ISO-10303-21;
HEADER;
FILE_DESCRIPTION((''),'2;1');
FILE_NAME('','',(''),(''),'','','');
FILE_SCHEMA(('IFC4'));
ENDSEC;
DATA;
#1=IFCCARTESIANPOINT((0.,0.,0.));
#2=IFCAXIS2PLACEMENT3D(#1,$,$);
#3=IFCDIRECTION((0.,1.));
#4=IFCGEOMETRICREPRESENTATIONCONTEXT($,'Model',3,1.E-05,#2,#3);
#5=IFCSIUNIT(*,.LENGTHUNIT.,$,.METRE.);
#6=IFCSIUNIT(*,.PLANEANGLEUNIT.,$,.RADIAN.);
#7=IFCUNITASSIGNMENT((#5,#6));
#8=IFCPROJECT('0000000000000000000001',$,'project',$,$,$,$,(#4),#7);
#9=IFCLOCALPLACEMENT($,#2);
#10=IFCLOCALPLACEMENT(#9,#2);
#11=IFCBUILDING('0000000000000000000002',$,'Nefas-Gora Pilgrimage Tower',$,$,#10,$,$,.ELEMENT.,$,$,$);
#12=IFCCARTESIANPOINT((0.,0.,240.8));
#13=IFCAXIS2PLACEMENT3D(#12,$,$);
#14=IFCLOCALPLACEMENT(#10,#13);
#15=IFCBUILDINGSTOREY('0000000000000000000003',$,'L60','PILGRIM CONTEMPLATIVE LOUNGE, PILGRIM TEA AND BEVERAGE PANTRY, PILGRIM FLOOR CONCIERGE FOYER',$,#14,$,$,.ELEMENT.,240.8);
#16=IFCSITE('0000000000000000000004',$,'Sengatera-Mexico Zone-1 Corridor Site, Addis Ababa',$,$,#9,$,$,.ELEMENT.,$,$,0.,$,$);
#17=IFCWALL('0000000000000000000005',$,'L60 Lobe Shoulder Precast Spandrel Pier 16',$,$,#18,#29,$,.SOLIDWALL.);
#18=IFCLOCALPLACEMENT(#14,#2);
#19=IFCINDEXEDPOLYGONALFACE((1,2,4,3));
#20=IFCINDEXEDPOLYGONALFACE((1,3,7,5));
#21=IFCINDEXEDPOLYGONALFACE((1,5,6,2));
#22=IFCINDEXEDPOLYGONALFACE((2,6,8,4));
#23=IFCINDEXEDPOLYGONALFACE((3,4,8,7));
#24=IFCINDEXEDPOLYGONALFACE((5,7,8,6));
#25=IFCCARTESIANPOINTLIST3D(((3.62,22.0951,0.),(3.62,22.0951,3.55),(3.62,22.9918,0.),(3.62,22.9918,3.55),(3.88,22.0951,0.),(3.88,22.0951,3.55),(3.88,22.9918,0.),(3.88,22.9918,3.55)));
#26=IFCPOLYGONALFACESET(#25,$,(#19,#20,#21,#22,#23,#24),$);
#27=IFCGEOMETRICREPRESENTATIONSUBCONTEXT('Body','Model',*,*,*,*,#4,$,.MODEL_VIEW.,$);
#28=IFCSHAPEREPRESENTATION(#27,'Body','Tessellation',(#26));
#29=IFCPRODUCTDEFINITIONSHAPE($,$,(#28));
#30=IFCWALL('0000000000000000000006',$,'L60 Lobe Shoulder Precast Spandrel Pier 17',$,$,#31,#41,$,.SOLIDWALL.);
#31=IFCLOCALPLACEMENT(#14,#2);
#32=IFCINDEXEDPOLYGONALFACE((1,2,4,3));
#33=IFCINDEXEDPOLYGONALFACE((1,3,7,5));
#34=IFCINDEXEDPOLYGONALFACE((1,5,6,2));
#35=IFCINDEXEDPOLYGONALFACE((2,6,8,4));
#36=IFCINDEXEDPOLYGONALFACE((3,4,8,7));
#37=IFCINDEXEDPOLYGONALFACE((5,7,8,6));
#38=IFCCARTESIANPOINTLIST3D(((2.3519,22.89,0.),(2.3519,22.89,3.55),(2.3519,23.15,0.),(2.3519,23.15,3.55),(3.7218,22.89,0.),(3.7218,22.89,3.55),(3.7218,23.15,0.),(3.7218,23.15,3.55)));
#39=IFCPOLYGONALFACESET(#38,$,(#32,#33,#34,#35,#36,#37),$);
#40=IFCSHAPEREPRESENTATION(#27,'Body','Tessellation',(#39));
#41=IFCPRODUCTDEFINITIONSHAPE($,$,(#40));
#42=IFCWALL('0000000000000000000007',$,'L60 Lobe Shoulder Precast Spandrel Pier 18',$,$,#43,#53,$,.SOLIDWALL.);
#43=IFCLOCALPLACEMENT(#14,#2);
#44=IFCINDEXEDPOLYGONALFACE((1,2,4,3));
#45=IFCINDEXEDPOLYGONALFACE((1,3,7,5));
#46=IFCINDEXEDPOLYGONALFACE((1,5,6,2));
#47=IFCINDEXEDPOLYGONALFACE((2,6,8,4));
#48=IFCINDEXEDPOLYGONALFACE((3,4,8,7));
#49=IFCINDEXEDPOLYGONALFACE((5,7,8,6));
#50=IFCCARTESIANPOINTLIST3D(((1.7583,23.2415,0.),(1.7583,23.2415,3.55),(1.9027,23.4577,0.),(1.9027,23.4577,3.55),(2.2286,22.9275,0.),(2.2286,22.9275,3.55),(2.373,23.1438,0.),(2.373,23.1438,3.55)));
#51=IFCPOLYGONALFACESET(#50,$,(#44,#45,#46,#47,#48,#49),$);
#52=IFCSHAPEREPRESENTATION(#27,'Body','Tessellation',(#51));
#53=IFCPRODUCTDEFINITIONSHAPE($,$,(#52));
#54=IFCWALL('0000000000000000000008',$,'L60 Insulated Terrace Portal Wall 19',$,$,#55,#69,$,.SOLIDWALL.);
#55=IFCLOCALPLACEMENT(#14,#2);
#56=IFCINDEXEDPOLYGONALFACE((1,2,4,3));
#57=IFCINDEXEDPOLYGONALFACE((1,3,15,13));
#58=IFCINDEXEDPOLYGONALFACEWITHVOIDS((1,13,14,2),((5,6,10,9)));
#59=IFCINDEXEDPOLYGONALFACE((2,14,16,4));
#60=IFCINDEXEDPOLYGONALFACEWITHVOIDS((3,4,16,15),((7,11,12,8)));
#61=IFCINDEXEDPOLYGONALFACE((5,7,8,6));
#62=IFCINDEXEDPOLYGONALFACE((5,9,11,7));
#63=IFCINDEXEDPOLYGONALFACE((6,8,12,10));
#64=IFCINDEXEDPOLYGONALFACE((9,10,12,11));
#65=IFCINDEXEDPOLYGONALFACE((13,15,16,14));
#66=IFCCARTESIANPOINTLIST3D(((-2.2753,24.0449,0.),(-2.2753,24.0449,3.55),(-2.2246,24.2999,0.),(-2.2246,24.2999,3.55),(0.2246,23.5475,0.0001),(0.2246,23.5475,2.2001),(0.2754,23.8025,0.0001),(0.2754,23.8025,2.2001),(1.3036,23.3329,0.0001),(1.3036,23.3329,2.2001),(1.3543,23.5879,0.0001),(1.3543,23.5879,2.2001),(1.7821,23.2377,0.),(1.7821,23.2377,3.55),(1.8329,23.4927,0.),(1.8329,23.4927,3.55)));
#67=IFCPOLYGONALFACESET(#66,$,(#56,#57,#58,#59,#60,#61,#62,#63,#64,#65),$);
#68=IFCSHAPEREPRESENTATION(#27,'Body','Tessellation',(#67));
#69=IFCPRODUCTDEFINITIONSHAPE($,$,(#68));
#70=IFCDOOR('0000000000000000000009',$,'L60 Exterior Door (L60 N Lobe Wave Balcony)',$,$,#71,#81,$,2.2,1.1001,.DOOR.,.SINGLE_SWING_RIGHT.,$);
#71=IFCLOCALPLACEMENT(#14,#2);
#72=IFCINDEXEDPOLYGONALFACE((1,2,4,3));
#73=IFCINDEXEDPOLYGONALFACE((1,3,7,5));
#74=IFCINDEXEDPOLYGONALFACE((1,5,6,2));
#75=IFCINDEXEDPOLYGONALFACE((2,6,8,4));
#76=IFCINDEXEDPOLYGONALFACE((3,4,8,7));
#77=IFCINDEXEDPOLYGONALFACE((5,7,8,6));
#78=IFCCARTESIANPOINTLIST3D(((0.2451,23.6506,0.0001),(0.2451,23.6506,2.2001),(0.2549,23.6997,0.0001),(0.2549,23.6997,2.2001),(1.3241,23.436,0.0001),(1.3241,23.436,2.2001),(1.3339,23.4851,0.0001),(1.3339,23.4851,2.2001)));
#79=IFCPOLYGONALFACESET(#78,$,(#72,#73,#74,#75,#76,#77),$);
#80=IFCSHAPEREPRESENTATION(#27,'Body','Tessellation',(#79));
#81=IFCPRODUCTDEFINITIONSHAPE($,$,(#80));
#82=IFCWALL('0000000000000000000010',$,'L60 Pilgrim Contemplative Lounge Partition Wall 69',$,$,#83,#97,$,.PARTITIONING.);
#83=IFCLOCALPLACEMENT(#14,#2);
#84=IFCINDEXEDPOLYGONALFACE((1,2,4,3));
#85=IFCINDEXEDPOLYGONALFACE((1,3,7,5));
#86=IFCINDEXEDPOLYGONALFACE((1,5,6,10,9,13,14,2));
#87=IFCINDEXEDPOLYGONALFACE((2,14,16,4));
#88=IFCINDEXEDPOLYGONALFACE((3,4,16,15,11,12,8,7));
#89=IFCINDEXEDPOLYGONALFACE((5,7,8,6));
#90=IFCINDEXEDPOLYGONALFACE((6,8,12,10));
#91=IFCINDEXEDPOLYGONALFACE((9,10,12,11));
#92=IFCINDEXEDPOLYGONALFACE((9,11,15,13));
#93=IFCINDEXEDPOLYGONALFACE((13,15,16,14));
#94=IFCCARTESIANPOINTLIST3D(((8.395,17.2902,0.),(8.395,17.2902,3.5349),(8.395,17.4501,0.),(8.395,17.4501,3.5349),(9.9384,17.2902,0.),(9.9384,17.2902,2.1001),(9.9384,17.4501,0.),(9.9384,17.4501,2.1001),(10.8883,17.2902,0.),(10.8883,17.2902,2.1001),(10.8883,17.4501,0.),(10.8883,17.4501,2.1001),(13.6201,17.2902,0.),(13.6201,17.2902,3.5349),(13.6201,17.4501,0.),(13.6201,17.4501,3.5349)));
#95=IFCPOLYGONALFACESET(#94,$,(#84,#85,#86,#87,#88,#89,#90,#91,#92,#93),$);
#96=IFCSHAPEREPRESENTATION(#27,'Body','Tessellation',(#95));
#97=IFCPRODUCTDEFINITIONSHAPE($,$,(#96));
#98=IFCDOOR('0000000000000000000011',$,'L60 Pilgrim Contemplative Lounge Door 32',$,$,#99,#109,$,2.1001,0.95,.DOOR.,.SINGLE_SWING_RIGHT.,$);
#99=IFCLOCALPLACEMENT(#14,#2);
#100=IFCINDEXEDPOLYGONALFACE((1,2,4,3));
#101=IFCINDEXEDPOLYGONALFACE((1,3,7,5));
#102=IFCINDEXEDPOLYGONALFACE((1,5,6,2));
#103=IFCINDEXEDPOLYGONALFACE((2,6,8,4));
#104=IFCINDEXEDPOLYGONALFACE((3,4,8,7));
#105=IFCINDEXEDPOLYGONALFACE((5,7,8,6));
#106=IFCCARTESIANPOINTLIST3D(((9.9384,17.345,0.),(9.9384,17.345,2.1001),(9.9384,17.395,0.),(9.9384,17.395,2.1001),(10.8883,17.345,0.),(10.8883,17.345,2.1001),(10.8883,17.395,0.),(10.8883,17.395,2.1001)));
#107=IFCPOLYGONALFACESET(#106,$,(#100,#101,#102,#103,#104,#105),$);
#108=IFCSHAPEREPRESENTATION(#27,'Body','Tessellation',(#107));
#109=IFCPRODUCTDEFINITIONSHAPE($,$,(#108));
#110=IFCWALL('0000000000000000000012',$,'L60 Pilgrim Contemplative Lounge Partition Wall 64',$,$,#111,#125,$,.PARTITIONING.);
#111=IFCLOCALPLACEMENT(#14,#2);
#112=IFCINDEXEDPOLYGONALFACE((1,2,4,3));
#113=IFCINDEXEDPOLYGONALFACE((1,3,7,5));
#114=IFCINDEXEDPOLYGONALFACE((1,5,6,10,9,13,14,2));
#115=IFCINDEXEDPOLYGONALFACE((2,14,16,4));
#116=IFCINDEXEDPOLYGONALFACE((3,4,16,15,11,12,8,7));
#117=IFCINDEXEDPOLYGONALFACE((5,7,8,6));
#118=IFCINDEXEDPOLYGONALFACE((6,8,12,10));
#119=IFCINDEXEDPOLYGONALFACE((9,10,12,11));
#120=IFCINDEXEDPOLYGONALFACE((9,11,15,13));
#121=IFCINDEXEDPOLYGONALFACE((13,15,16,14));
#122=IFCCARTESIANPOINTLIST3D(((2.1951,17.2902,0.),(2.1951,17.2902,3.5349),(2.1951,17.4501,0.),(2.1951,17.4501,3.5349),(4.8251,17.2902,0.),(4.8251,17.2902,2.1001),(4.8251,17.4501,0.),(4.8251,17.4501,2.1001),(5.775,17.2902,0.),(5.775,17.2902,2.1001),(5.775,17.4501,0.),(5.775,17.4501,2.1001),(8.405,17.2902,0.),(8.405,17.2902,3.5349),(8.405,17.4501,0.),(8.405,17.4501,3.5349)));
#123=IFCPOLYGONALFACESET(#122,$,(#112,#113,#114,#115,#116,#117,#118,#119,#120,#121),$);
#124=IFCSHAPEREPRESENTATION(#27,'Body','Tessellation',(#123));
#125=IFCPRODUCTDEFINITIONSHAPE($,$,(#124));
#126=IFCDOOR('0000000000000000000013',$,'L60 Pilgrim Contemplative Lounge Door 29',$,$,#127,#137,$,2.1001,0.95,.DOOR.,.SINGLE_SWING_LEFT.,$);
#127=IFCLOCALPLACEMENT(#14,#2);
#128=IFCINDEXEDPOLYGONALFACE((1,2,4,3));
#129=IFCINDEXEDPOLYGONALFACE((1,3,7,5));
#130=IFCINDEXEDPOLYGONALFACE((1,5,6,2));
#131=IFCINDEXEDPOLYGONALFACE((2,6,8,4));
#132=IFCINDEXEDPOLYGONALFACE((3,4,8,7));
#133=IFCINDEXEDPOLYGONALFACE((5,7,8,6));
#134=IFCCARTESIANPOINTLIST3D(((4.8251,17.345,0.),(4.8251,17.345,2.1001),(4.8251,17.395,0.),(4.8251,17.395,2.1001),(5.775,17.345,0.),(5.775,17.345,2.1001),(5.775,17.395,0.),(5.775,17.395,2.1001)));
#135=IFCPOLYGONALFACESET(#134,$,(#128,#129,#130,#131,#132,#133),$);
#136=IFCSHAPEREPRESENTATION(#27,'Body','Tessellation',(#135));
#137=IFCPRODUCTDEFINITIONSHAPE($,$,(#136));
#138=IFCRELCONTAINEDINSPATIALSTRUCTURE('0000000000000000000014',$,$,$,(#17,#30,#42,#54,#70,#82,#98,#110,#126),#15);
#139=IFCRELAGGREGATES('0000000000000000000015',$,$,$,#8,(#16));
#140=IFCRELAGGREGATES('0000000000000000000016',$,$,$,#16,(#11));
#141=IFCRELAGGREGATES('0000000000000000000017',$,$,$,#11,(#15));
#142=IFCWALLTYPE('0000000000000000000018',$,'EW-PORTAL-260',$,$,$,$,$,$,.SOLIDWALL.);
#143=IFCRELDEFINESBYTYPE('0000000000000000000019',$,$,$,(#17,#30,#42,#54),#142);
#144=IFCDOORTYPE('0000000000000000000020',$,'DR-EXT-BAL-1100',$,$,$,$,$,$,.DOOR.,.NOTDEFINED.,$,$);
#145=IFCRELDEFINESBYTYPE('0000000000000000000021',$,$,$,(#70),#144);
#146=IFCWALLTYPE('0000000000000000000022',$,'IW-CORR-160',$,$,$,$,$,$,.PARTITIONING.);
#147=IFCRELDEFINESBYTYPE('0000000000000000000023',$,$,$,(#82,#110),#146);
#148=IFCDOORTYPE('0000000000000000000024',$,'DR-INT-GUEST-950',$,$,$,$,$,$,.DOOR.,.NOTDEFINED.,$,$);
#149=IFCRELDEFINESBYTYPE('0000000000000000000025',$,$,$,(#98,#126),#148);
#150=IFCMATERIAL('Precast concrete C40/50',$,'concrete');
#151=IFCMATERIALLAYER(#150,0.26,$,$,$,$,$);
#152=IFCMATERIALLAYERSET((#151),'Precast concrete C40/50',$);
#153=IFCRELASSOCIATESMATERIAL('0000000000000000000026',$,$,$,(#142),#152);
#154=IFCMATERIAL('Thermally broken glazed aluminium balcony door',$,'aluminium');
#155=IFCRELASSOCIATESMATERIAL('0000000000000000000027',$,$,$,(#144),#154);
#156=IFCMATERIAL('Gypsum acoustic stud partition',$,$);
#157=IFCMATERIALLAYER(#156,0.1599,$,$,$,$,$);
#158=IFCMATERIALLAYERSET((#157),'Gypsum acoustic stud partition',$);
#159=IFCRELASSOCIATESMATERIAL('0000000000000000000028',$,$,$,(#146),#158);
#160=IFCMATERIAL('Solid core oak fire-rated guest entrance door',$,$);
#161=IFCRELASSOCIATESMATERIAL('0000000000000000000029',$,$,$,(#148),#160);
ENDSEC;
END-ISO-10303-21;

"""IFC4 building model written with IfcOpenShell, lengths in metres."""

from ifc_helpers import new_model, si_unit, direction, frame, frame_2d, origin, place, context, subcontext, project, spatial, rectangle, extrude, source, transform, mapped, material, layer, layer_set, type_object, element, fill, save


model = new_model("IFC4")

# Units and contexts
model_context = context("Model", 3, precision=1e-05, world=origin(), true_north=direction((0.0, 1.0)))
body_context = subcontext(model_context, "Body", "Model", "MODEL_VIEW")
ifc_project = project(units=[si_unit("LENGTHUNIT", "METRE"), si_unit("PLANEANGLEUNIT", "RADIAN")], contexts=[model_context])

# Site, building, storey
site_placement = place(None, origin())
site = spatial("IfcSite", under=ifc_project, at=site_placement, Name="Sengatera-Mexico Zone-1 Corridor Site, Addis Ababa", CompositionType="ELEMENT", RefElevation=0.0)
building_placement = place(site_placement, origin())
building = spatial("IfcBuilding", under=site, at=building_placement, Name="Nefas-Gora Pilgrimage Tower", CompositionType="ELEMENT")
storey_placement = place(building_placement, frame((0.0, 0.0, 240.8)))
storey = spatial("IfcBuildingStorey", under=building, at=storey_placement, Name="L60", Description="PILGRIM CONTEMPLATIVE LOUNGE, PILGRIM TEA AND BEVERAGE PANTRY, PILGRIM FLOOR CONCIERGE FOYER", CompositionType="ELEMENT", Elevation=240.8)

# Walls
ifc_material_1 = material(Name="Precast concrete C40/50", Category="concrete")
ifc_layer_1 = layer(ifc_material_1, 0.26)
ifc_layer_set_1 = layer_set([ifc_layer_1], Name="Precast concrete C40/50")
wall_type_1 = type_object("IfcWallType", Name="EW-PORTAL-260", PredefinedType="SOLIDWALL", material=ifc_layer_set_1)
shared_shape_1 = source(origin(), body_context, "Body", "SweptSolid", [
    extrude(rectangle(XDim=0.8967, YDim=0.26, at=frame_2d((0.4482, 0.0))), origin(), (0.0, 0.0, 1.0), 3.55),
])
wall_1_placement = place(storey_placement, frame((3.75, 22.0952, 0.0), z_axis=(0.0, 0.0, 1.0), x_axis=(0.0, 1.0, 0.0)))
element("IfcWall", 1, at=wall_1_placement, inside=storey, type_object=wall_type_1, Name="L60 Lobe Shoulder Precast Spandrel Pier 16", PredefinedType="SOLIDWALL", context=body_context, shape_type="MappedRepresentation", body=[
    mapped(shared_shape_1, transform((0.0, 0.0, 0.0), x_axis=(1.0, 0.0, 0.0), y_axis=(0.0, 1.0, 0.0), z_axis=(0.0, 0.0, 1.0), scale=1.0)),
])
shared_shape_2 = source(origin(), body_context, "Body", "SweptSolid", [
    extrude(rectangle(XDim=1.3699, YDim=0.26, at=frame_2d((0.6851, 0.0))), origin(), (0.0, 0.0, 1.0), 3.55),
])
wall_2_placement = place(storey_placement, frame((3.7219, 23.02, 0.0), z_axis=(0.0, 0.0, 1.0), x_axis=(-1.0, 0.0, 0.0)))
element("IfcWall", 2, at=wall_2_placement, inside=storey, type_object=wall_type_1, Name="L60 Lobe Shoulder Precast Spandrel Pier 17", PredefinedType="SOLIDWALL", context=body_context, shape_type="MappedRepresentation", body=[
    mapped(shared_shape_2, transform((0.0, 0.0, 0.0), x_axis=(1.0, 0.0, 0.0), y_axis=(0.0, 1.0, 0.0), z_axis=(0.0, 0.0, 1.0), scale=1.0)),
])
shared_shape_3 = source(origin(), body_context, "Body", "SweptSolid", [
    extrude(rectangle(XDim=0.5654, YDim=0.26, at=frame_2d((0.2827, 0.0))), origin(), (0.0, 0.0, 1.0), 3.55),
])
wall_3_placement = place(storey_placement, frame((2.3008, 23.0356, 0.0), z_axis=(0.0, 0.0, 1.0), x_axis=(-0.831651, 0.555298, 0.0)))
element("IfcWall", 3, at=wall_3_placement, inside=storey, type_object=wall_type_1, Name="L60 Lobe Shoulder Precast Spandrel Pier 18", PredefinedType="SOLIDWALL", context=body_context, shape_type="MappedRepresentation", body=[
    mapped(shared_shape_3, transform((0.0, 0.0, 0.0), x_axis=(1.0, 0.0, 0.0), y_axis=(0.0, 1.0, 0.0), z_axis=(0.0, 0.0, 1.0), scale=1.0)),
])

# Walls, openings, doors
shared_shape_4 = source(origin(), body_context, "Body", "SweptSolid", [
    extrude(rectangle(XDim=4.137, YDim=0.26, at=frame_2d((2.0684, 0.0))), origin(), (0.0, 0.0, 1.0), 3.55),
])
wall_4_placement = place(storey_placement, frame((1.8074, 23.3652, 0.0), z_axis=(0.0, 0.0, 1.0), x_axis=(-0.980782, 0.195106, 0.0)))
wall_4 = element("IfcWall", 4, at=wall_4_placement, inside=storey, type_object=wall_type_1, Name="L60 Insulated Terrace Portal Wall 19", PredefinedType="SOLIDWALL", context=body_context, shape_type="MappedRepresentation", body=[
    mapped(shared_shape_4, transform((0.0, 0.0, 0.0), x_axis=(1.0, 0.0, 0.0), y_axis=(0.0, 1.0, 0.0), z_axis=(0.0, 0.0, 1.0), scale=1.0)),
])
opening_1_placement = place(wall_4_placement, frame((0.4878, 0.0, 0.0)))
opening_1 = element("IfcOpeningElement", 5, at=opening_1_placement, cuts=wall_4, PredefinedType="OPENING", context=body_context, shape_type="SweptSolid", body=[
    extrude(rectangle(XDim=1.1001, YDim=2.2, at=frame_2d((0.55, 1.1001))), frame((0.0, 0.1399, 0.0), z_axis=(0.0, -1.0, 0.0), x_axis=(1.0, 0.0, 0.0)), (0.0, 0.0, 1.0), 0.28),
])
ifc_material_2 = material(Name="Thermally broken glazed aluminium balcony door", Category="aluminium")
door_type_1 = type_object("IfcDoorType", Name="DR-EXT-BAL-1100", OperationType="NOTDEFINED", PredefinedType="DOOR", material=ifc_material_2)
shared_shape_5 = source(origin(), body_context, "Body", "SweptSolid", [
    extrude(rectangle(XDim=1.1001, YDim=2.2, at=frame_2d((0.55, 1.1001))), frame((0.0, 0.0249, 0.0), z_axis=(0.0, -1.0, 0.0), x_axis=(1.0, 0.0, 0.0)), (0.0, 0.0, 1.0), 0.05),
])
door_1_placement = place(opening_1_placement, origin())
door_1 = element("IfcDoor", 6, at=door_1_placement, inside=storey, type_object=door_type_1, Name="L60 Exterior Door (L60 N Lobe Wave Balcony)", OperationType="SINGLE_SWING_RIGHT", OverallHeight=2.2, OverallWidth=1.1001, PredefinedType="DOOR", context=body_context, shape_type="MappedRepresentation", body=[
    mapped(shared_shape_5, transform((0.0, 0.0, 0.0), x_axis=(1.0, 0.0, 0.0), y_axis=(0.0, 1.0, 0.0), z_axis=(0.0, 0.0, 1.0), scale=1.0)),
])
fill(opening_1, door_1)
ifc_material_3 = material(Name="Gypsum acoustic stud partition")
ifc_layer_2 = layer(ifc_material_3, 0.1599)
ifc_layer_set_2 = layer_set([ifc_layer_2], Name="Gypsum acoustic stud partition")
wall_type_2 = type_object("IfcWallType", Name="IW-CORR-160", PredefinedType="PARTITIONING", material=ifc_layer_set_2)
shared_shape_6 = source(origin(), body_context, "Body", "SweptSolid", [
    extrude(rectangle(XDim=5.2251, YDim=0.1599, at=frame_2d((2.6125, 0.0))), origin(), (0.0, 0.0, 1.0), 3.5349),
])
wall_5_placement = place(storey_placement, frame((8.395, 17.3701, 0.0), z_axis=(0.0, 0.0, 1.0), x_axis=(1.0, 0.0, 0.0)))
wall_5 = element("IfcWall", 7, at=wall_5_placement, inside=storey, type_object=wall_type_2, Name="L60 Pilgrim Contemplative Lounge Partition Wall 69", PredefinedType="PARTITIONING", context=body_context, shape_type="MappedRepresentation", body=[
    mapped(shared_shape_6, transform((0.0, 0.0, 0.0), x_axis=(1.0, 0.0, 0.0), y_axis=(0.0, 1.0, 0.0), z_axis=(0.0, 0.0, 1.0), scale=1.0)),
])
opening_2_placement = place(wall_5_placement, frame((1.5432, 0.0, 0.0)))
opening_2 = element("IfcOpeningElement", 8, at=opening_2_placement, cuts=wall_5, PredefinedType="OPENING", context=body_context, shape_type="SweptSolid", body=[
    extrude(rectangle(XDim=0.95, YDim=2.1001, at=frame_2d((0.4751, 1.05))), frame((0.0, 0.0898, 0.0), z_axis=(0.0, -1.0, 0.0), x_axis=(1.0, 0.0, 0.0)), (0.0, 0.0, 1.0), 0.1799),
])
ifc_material_4 = material(Name="Solid core oak fire-rated guest entrance door")
door_type_2 = type_object("IfcDoorType", Name="DR-INT-GUEST-950", OperationType="NOTDEFINED", PredefinedType="DOOR", material=ifc_material_4)
shared_shape_7 = source(origin(), body_context, "Body", "SweptSolid", [
    extrude(rectangle(XDim=0.95, YDim=2.1001, at=frame_2d((0.4751, 1.05))), frame((0.0, 0.0249, 0.0), z_axis=(0.0, -1.0, 0.0), x_axis=(1.0, 0.0, 0.0)), (0.0, 0.0, 1.0), 0.05),
])
door_2_placement = place(opening_2_placement, origin())
door_2 = element("IfcDoor", 9, at=door_2_placement, inside=storey, type_object=door_type_2, Name="L60 Pilgrim Contemplative Lounge Door 32", OperationType="SINGLE_SWING_RIGHT", OverallHeight=2.1001, OverallWidth=0.95, PredefinedType="DOOR", context=body_context, shape_type="MappedRepresentation", body=[
    mapped(shared_shape_7, transform((0.0, 0.0, 0.0), x_axis=(1.0, 0.0, 0.0), y_axis=(0.0, 1.0, 0.0), z_axis=(0.0, 0.0, 1.0), scale=1.0)),
])
fill(opening_2, door_2)
shared_shape_8 = source(origin(), body_context, "Body", "SweptSolid", [
    extrude(rectangle(XDim=6.21, YDim=0.1599, at=frame_2d((3.105, 0.0))), origin(), (0.0, 0.0, 1.0), 3.5349),
])
wall_6_placement = place(storey_placement, frame((2.1951, 17.3701, 0.0), z_axis=(0.0, 0.0, 1.0), x_axis=(1.0, 0.0, 0.0)))
wall_6 = element("IfcWall", 10, at=wall_6_placement, inside=storey, type_object=wall_type_2, Name="L60 Pilgrim Contemplative Lounge Partition Wall 64", PredefinedType="PARTITIONING", context=body_context, shape_type="MappedRepresentation", body=[
    mapped(shared_shape_8, transform((0.0, 0.0, 0.0), x_axis=(1.0, 0.0, 0.0), y_axis=(0.0, 1.0, 0.0), z_axis=(0.0, 0.0, 1.0), scale=1.0)),
])
opening_3_placement = place(wall_6_placement, frame((2.6299, 0.0, 0.0)))
opening_3 = element("IfcOpeningElement", 11, at=opening_3_placement, cuts=wall_6, PredefinedType="OPENING", context=body_context, shape_type="SweptSolid", body=[
    extrude(rectangle(XDim=0.95, YDim=2.1001, at=frame_2d((0.4751, 1.05))), frame((0.0, 0.0898, 0.0), z_axis=(0.0, -1.0, 0.0), x_axis=(1.0, 0.0, 0.0)), (0.0, 0.0, 1.0), 0.1799),
])
door_3_placement = place(opening_3_placement, origin())
door_3 = element("IfcDoor", 12, at=door_3_placement, inside=storey, type_object=door_type_2, Name="L60 Pilgrim Contemplative Lounge Door 29", OperationType="SINGLE_SWING_LEFT", OverallHeight=2.1001, OverallWidth=0.95, PredefinedType="DOOR", context=body_context, shape_type="MappedRepresentation", body=[
    mapped(shared_shape_7, transform((0.0, 0.0, 0.0), x_axis=(1.0, 0.0, 0.0), y_axis=(0.0, 1.0, 0.0), z_axis=(0.0, 0.0, 1.0), scale=1.0)),
])
fill(opening_3, door_3)

save(model, "model.ifc")
